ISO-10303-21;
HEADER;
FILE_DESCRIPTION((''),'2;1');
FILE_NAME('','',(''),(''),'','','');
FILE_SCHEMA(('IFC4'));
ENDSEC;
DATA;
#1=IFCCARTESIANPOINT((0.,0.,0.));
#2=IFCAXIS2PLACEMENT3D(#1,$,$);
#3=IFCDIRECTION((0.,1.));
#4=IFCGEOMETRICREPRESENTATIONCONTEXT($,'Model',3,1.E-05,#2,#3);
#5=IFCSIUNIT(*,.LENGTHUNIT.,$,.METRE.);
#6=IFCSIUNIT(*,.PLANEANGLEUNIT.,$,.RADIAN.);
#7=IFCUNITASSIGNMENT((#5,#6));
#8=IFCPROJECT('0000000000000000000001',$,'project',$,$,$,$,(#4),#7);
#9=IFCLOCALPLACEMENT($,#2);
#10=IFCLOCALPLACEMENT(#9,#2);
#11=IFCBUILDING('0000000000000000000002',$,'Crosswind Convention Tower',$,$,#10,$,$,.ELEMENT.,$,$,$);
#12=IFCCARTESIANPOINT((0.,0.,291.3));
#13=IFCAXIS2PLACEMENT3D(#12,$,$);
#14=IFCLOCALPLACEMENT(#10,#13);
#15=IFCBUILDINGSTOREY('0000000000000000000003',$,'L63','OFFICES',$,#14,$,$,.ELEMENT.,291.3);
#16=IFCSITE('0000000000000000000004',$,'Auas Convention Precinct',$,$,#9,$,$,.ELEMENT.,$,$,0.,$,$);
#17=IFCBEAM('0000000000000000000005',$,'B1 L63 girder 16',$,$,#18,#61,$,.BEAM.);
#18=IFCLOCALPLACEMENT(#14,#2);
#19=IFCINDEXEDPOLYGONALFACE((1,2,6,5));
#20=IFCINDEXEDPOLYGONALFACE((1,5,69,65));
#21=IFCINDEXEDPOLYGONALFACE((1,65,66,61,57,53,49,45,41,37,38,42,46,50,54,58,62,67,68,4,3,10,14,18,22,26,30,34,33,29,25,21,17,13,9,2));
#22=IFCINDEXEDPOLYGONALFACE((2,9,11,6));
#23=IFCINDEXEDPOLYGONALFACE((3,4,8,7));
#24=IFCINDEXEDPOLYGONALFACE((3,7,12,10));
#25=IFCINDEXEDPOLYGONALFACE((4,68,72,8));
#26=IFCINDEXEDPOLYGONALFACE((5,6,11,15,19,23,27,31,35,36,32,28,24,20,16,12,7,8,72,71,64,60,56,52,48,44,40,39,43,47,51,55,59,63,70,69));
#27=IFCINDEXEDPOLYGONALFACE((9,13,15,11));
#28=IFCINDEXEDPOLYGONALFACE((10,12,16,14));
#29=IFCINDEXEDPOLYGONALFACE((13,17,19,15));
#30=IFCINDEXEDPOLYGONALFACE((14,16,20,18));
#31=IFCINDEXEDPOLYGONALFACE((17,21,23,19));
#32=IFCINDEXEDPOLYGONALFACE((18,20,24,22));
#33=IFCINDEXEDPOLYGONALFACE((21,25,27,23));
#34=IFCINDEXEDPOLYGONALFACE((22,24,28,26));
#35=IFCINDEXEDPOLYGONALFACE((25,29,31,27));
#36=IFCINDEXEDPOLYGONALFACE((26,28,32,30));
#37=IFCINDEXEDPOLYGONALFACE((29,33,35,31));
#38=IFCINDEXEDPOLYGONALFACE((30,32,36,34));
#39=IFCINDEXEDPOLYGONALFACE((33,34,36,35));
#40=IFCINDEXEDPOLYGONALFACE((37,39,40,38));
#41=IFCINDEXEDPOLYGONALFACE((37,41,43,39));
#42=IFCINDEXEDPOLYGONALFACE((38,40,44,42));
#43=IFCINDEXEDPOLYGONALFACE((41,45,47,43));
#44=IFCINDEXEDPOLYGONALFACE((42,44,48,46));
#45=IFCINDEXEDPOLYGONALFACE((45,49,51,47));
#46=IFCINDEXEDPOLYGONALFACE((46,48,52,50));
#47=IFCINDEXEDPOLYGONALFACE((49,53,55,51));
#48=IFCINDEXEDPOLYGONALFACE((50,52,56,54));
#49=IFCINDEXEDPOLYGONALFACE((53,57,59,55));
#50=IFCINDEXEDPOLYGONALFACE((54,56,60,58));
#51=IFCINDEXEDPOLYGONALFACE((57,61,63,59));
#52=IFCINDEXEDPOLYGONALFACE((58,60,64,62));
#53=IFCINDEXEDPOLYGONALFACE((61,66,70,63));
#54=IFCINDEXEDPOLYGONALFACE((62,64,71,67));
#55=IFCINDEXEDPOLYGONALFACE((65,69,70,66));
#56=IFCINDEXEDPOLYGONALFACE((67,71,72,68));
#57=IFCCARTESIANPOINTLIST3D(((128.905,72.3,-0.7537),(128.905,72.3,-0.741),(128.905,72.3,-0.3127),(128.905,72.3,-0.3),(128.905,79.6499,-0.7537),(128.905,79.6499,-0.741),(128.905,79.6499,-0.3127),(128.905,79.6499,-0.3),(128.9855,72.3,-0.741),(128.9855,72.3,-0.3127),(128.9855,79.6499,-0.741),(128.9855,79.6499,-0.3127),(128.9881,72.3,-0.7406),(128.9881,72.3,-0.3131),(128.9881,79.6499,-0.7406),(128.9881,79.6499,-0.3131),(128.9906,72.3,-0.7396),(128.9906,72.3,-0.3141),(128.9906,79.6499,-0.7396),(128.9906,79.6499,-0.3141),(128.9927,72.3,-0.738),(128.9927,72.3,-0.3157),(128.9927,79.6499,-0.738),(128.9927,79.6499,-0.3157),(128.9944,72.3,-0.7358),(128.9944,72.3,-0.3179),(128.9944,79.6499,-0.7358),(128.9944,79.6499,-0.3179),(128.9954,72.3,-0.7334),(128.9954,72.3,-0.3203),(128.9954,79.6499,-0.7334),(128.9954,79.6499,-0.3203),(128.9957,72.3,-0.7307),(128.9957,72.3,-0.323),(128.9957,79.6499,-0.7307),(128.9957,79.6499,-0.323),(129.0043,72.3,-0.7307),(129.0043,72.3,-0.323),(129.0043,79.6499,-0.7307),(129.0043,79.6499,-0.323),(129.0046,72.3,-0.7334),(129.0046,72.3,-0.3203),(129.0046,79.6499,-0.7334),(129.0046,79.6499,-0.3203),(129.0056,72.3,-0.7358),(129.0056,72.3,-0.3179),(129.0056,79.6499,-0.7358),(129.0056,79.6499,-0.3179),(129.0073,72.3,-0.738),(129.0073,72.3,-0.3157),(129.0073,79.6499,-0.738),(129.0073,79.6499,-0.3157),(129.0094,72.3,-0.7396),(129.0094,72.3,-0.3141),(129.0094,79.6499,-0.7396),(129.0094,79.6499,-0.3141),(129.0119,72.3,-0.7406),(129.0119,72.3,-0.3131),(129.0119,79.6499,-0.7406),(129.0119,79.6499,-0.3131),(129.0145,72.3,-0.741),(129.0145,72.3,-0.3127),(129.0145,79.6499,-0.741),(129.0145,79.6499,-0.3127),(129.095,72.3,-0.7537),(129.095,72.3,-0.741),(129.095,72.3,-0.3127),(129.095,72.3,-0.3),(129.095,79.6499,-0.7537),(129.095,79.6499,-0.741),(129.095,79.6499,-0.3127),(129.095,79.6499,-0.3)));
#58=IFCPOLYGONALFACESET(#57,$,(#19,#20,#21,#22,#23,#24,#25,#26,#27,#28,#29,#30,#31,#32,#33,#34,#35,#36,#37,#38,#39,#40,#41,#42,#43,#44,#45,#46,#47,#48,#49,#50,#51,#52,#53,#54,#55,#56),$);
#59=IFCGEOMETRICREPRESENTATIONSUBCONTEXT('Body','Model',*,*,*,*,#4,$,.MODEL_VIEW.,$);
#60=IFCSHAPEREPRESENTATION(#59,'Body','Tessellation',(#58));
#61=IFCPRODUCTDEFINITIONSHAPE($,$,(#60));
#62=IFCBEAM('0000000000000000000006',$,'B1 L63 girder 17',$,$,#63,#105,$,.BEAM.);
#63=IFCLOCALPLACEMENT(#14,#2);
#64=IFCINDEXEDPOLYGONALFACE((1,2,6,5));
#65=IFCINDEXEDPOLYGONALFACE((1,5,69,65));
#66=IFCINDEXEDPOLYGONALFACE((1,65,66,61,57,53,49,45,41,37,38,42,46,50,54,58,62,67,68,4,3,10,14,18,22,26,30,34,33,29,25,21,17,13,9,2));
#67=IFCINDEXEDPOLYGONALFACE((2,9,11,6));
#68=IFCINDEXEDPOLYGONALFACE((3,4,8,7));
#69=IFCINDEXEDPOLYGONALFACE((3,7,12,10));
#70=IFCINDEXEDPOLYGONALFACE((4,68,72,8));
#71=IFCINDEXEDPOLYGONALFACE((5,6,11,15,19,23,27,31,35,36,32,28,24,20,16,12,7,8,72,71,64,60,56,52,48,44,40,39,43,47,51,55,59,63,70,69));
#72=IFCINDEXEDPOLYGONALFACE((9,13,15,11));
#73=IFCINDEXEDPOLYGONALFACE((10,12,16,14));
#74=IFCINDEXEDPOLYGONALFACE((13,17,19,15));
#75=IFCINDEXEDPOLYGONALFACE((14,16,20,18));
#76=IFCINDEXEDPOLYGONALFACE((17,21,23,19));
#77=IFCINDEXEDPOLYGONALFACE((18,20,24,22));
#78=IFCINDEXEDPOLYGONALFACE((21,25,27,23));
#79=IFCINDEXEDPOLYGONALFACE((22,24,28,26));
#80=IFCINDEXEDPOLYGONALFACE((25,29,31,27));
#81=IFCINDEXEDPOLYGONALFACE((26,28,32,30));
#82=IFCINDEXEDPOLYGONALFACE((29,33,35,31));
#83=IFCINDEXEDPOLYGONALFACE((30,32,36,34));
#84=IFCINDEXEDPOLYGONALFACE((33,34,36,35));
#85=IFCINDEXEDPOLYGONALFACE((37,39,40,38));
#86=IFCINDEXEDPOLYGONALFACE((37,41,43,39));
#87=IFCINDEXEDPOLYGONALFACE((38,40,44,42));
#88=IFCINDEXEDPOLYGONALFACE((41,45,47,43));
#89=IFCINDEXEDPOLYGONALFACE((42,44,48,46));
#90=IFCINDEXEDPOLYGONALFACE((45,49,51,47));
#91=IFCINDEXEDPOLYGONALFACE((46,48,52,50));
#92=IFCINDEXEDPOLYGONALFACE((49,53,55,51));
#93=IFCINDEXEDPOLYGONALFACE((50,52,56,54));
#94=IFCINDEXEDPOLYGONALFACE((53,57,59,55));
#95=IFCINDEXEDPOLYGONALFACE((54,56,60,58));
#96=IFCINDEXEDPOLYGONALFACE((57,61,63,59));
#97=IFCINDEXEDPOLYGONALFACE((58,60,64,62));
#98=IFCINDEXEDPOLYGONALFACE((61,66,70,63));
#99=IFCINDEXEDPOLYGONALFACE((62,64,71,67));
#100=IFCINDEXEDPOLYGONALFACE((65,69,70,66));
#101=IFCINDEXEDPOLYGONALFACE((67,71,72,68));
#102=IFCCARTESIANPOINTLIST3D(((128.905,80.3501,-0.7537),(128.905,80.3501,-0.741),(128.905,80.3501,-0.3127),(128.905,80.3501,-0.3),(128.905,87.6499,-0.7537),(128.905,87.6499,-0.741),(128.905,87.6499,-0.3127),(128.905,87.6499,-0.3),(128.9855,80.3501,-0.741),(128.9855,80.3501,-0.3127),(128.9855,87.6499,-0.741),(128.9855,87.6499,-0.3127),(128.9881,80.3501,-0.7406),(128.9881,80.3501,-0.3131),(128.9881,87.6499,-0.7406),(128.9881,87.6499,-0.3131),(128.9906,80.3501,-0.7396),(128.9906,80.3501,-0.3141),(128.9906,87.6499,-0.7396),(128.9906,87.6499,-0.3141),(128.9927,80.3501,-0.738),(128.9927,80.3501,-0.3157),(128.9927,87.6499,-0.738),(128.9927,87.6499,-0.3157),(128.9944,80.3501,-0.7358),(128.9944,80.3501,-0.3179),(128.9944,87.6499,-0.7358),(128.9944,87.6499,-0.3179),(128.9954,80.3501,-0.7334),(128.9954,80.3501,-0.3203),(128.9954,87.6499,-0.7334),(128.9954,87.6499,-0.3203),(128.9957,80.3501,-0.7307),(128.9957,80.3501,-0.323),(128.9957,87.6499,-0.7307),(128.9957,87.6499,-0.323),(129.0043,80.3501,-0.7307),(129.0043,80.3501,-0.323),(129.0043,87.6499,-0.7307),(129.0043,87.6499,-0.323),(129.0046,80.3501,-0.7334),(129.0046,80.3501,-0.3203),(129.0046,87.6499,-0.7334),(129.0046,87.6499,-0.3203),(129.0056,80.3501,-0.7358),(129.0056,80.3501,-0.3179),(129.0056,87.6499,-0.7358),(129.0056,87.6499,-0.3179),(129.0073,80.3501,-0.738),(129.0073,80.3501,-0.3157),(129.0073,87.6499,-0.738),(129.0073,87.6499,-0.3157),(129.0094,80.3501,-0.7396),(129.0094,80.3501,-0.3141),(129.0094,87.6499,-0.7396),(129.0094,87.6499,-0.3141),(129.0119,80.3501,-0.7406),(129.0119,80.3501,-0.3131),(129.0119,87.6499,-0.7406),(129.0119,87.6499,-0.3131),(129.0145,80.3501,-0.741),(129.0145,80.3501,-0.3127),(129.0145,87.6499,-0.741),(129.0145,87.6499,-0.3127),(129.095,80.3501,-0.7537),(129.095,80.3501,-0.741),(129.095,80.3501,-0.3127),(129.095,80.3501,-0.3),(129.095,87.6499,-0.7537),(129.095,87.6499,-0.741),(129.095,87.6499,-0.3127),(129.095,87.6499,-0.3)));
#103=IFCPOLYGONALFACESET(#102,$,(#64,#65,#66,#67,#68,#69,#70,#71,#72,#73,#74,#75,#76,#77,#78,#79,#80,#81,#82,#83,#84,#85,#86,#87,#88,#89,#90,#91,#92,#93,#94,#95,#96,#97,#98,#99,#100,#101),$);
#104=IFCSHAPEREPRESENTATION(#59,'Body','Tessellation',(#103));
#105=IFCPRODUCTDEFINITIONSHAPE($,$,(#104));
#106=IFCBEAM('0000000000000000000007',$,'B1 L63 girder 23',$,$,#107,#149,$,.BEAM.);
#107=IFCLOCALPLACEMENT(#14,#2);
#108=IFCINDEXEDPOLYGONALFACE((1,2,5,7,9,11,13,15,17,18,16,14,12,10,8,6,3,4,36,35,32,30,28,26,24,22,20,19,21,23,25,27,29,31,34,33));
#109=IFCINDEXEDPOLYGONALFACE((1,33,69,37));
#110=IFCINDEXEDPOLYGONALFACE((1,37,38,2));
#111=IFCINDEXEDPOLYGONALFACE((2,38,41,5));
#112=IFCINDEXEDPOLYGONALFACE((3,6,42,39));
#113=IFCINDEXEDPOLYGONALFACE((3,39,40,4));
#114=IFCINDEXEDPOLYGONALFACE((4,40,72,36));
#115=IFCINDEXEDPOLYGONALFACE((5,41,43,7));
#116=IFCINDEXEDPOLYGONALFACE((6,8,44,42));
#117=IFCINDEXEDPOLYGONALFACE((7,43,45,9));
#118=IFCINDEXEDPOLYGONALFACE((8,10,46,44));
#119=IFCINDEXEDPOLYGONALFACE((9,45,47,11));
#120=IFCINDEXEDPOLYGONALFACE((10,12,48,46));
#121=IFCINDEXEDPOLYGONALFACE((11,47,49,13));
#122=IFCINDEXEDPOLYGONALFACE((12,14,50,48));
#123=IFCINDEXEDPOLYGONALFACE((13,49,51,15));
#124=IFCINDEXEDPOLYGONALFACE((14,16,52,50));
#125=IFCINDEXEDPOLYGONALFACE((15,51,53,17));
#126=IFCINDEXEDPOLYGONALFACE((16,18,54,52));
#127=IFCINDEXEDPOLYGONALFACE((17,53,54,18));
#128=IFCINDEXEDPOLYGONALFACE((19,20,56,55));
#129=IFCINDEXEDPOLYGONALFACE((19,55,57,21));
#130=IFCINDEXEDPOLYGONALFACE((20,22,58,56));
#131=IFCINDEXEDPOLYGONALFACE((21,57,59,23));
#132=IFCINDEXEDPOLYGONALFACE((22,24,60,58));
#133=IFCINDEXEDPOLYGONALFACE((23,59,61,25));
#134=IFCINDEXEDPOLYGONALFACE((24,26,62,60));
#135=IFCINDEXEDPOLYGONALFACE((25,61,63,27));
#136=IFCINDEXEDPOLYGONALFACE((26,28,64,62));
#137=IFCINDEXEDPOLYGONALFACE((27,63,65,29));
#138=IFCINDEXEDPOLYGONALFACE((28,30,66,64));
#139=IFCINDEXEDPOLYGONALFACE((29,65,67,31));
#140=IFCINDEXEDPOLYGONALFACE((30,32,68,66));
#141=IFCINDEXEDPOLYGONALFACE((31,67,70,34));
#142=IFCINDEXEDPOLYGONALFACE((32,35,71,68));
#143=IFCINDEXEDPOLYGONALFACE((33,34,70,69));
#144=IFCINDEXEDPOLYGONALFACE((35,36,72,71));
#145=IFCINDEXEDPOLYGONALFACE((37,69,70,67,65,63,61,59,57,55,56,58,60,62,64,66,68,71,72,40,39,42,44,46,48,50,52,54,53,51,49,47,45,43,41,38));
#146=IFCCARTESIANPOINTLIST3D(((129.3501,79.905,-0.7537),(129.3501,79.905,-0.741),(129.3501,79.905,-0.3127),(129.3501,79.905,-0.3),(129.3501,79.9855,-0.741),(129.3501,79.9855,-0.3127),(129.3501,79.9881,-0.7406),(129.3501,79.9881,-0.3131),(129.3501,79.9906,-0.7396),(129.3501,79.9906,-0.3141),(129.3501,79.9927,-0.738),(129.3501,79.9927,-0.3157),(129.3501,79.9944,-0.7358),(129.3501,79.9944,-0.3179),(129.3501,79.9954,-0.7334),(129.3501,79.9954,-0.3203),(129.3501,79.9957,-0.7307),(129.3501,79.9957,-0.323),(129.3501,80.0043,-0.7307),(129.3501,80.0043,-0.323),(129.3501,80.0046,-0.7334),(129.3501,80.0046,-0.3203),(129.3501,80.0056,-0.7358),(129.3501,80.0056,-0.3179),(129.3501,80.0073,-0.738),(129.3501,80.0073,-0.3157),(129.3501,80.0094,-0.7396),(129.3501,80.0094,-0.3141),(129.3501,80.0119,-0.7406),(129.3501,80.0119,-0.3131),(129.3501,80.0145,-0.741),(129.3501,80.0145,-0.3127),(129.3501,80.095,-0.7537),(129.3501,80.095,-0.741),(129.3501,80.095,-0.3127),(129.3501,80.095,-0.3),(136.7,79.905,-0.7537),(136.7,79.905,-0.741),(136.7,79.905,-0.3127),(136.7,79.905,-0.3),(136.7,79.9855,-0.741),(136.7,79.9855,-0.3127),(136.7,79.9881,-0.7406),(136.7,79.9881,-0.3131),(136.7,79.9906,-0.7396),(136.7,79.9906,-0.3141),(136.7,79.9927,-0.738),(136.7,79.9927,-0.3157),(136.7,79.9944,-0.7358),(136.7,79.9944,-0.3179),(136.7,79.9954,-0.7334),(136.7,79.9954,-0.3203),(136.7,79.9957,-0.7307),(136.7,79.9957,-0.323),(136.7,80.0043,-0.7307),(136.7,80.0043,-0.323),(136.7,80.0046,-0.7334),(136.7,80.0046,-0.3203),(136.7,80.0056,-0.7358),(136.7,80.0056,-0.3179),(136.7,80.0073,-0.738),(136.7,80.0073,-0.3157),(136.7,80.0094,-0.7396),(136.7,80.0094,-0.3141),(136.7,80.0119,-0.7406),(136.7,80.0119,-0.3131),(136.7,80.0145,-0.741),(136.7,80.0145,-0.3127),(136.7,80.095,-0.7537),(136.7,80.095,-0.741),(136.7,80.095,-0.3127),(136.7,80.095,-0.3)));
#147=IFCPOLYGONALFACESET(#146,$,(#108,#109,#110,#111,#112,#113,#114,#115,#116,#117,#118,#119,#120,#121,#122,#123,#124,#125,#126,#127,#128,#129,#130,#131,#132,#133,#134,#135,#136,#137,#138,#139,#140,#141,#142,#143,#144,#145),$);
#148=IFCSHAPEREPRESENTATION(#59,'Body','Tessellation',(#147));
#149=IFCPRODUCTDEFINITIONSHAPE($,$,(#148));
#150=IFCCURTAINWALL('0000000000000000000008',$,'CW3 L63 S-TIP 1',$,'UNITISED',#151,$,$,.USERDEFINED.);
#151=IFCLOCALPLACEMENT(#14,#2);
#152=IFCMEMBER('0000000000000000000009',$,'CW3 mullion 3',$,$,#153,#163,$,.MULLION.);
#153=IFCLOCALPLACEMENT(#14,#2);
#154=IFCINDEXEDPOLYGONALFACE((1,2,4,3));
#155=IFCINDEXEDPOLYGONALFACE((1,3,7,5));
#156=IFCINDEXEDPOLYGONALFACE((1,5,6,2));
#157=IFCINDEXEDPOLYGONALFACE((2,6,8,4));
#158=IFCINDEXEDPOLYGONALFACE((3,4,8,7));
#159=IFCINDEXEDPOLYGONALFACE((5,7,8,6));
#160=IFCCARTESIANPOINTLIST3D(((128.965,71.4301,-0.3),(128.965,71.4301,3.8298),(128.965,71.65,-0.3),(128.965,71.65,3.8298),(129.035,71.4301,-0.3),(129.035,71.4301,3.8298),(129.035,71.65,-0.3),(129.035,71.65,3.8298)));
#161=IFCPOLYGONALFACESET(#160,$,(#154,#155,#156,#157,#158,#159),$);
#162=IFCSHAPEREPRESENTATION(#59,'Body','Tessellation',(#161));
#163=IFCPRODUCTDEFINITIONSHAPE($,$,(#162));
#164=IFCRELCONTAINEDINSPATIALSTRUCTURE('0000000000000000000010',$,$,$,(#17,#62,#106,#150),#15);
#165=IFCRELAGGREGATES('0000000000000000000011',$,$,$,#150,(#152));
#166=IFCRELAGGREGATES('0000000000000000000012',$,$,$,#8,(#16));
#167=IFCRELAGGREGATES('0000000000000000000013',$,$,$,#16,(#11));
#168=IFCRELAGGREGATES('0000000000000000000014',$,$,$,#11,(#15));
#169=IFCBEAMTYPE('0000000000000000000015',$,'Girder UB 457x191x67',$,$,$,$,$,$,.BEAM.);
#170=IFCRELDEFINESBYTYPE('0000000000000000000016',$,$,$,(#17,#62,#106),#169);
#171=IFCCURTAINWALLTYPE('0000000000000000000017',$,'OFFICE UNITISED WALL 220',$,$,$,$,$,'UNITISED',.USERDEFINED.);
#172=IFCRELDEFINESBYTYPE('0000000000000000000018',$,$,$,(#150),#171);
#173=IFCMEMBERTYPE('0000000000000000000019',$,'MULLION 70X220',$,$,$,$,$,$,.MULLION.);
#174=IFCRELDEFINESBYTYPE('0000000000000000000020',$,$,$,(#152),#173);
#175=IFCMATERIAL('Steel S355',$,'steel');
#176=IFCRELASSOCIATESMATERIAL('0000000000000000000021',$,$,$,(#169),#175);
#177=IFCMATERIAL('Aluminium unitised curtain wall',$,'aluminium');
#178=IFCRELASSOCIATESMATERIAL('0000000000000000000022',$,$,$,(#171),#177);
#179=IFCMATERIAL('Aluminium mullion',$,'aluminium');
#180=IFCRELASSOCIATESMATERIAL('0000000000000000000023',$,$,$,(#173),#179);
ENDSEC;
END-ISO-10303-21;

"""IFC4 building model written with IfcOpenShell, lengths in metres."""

from ifc_helpers import new_model, si_unit, direction, frame, origin, origin_2d, place, context, subcontext, project, spatial, rectangle, i_section, extrude, material, material_profile, profile_set, type_object, element, aggregate, save


model = new_model("IFC4")

# Units and contexts
model_context = context("Model", 3, precision=1e-05, world=origin(), true_north=direction((0.0, 1.0)))
body_context = subcontext(model_context, "Body", "Model", "MODEL_VIEW")
ifc_project = project(units=[si_unit("LENGTHUNIT", "METRE"), si_unit("PLANEANGLEUNIT", "RADIAN")], contexts=[model_context])

# Site, building, storey
site_placement = place(None, origin())
site = spatial("IfcSite", under=ifc_project, at=site_placement, Name="Auas Convention Precinct", CompositionType="ELEMENT", RefElevation=0.0)
building_placement = place(site_placement, origin())
building = spatial("IfcBuilding", under=site, at=building_placement, Name="Crosswind Convention Tower", CompositionType="ELEMENT")
storey_placement = place(building_placement, frame((0.0, 0.0, 291.3)))
storey = spatial("IfcBuildingStorey", under=building, at=storey_placement, Name="L63", Description="OFFICES", CompositionType="ELEMENT", Elevation=291.3)

# Beams
ifc_material_1 = material(Name="Steel S355", Category="steel")
ifc_material_profile_1 = material_profile(ifc_material_1, i_section(OverallWidth=0.1899, OverallDepth=0.4536, WebThickness=0.0085, FlangeThickness=0.0127, FilletRadius=0.0103, at=origin_2d()), Name="UB 457x191x67")
ifc_profile_set_1 = profile_set([ifc_material_profile_1], Name="Steel S355")
beam_type_1 = type_object("IfcBeamType", Name="Girder UB 457x191x67", PredefinedType="BEAM", material=ifc_profile_set_1)
beam_1_placement = place(storey_placement, frame((129.0, 72.3, -0.5269), z_axis=(0.0, 1.0, 0.0), x_axis=(-1.0, 0.0, 0.0)))
element("IfcBeam", 1, at=beam_1_placement, inside=storey, type_object=beam_type_1, Name="B1 L63 girder 16", PredefinedType="BEAM", context=body_context, shape_type="SweptSolid", body=[
    extrude(i_section(OverallWidth=0.1899, OverallDepth=0.4536, WebThickness=0.0085, FlangeThickness=0.0127, FilletRadius=0.0103, at=origin_2d()), origin(), (0.0, 0.0, 1.0), 7.3499),
])
beam_2_placement = place(storey_placement, frame((129.0, 80.3501, -0.5269), z_axis=(0.0, 1.0, 0.0), x_axis=(-1.0, 0.0, 0.0)))
element("IfcBeam", 2, at=beam_2_placement, inside=storey, type_object=beam_type_1, Name="B1 L63 girder 17", PredefinedType="BEAM", context=body_context, shape_type="SweptSolid", body=[
    extrude(i_section(OverallWidth=0.1899, OverallDepth=0.4536, WebThickness=0.0085, FlangeThickness=0.0127, FilletRadius=0.0103, at=origin_2d()), origin(), (0.0, 0.0, 1.0), 7.2998),
])
beam_3_placement = place(storey_placement, frame((129.3501, 80.0, -0.5269), z_axis=(1.0, 0.0, 0.0), x_axis=(0.0, 1.0, 0.0)))
element("IfcBeam", 3, at=beam_3_placement, inside=storey, type_object=beam_type_1, Name="B1 L63 girder 23", PredefinedType="BEAM", context=body_context, shape_type="SweptSolid", body=[
    extrude(i_section(OverallWidth=0.1899, OverallDepth=0.4536, WebThickness=0.0085, FlangeThickness=0.0127, FilletRadius=0.0103, at=origin_2d()), origin(), (0.0, 0.0, 1.0), 7.3499),
])

# Curtain wall, member
ifc_material_2 = material(Name="Aluminium unitised curtain wall", Category="aluminium")
curtain_wall_type = type_object("IfcCurtainWallType", Name="OFFICE UNITISED WALL 220", ElementType="UNITISED", PredefinedType="USERDEFINED", material=ifc_material_2)
curtain_wall_placement = place(storey_placement, origin())
curtain_wall = element("IfcCurtainWall", 4, at=curtain_wall_placement, inside=storey, type_object=curtain_wall_type, Name="CW3 L63 S-TIP 1", ObjectType="UNITISED", PredefinedType="USERDEFINED")
ifc_material_3 = material(Name="Aluminium mullion", Category="aluminium")
ifc_material_profile_2 = material_profile(ifc_material_3, rectangle(XDim=0.22, YDim=0.0701, at=origin_2d()), Name="AL 220X70")
ifc_profile_set_2 = profile_set([ifc_material_profile_2], Name="Aluminium mullion")
member_type = type_object("IfcMemberType", Name="MULLION 70X220", PredefinedType="MULLION", material=ifc_profile_set_2)
member_placement = place(storey_placement, frame((129.0, 71.54, -0.3), z_axis=(0.0, 0.0, 1.0), x_axis=(0.0, -1.0, 0.0)))
member = element("IfcMember", 5, at=member_placement, type_object=member_type, Name="CW3 mullion 3", PredefinedType="MULLION", context=body_context, shape_type="SweptSolid", body=[
    extrude(rectangle(XDim=0.22, YDim=0.0701, at=origin_2d()), origin(), (0.0, 0.0, 1.0), 4.1299),
])

aggregate(curtain_wall, [member])

save(model, "model.ifc")
